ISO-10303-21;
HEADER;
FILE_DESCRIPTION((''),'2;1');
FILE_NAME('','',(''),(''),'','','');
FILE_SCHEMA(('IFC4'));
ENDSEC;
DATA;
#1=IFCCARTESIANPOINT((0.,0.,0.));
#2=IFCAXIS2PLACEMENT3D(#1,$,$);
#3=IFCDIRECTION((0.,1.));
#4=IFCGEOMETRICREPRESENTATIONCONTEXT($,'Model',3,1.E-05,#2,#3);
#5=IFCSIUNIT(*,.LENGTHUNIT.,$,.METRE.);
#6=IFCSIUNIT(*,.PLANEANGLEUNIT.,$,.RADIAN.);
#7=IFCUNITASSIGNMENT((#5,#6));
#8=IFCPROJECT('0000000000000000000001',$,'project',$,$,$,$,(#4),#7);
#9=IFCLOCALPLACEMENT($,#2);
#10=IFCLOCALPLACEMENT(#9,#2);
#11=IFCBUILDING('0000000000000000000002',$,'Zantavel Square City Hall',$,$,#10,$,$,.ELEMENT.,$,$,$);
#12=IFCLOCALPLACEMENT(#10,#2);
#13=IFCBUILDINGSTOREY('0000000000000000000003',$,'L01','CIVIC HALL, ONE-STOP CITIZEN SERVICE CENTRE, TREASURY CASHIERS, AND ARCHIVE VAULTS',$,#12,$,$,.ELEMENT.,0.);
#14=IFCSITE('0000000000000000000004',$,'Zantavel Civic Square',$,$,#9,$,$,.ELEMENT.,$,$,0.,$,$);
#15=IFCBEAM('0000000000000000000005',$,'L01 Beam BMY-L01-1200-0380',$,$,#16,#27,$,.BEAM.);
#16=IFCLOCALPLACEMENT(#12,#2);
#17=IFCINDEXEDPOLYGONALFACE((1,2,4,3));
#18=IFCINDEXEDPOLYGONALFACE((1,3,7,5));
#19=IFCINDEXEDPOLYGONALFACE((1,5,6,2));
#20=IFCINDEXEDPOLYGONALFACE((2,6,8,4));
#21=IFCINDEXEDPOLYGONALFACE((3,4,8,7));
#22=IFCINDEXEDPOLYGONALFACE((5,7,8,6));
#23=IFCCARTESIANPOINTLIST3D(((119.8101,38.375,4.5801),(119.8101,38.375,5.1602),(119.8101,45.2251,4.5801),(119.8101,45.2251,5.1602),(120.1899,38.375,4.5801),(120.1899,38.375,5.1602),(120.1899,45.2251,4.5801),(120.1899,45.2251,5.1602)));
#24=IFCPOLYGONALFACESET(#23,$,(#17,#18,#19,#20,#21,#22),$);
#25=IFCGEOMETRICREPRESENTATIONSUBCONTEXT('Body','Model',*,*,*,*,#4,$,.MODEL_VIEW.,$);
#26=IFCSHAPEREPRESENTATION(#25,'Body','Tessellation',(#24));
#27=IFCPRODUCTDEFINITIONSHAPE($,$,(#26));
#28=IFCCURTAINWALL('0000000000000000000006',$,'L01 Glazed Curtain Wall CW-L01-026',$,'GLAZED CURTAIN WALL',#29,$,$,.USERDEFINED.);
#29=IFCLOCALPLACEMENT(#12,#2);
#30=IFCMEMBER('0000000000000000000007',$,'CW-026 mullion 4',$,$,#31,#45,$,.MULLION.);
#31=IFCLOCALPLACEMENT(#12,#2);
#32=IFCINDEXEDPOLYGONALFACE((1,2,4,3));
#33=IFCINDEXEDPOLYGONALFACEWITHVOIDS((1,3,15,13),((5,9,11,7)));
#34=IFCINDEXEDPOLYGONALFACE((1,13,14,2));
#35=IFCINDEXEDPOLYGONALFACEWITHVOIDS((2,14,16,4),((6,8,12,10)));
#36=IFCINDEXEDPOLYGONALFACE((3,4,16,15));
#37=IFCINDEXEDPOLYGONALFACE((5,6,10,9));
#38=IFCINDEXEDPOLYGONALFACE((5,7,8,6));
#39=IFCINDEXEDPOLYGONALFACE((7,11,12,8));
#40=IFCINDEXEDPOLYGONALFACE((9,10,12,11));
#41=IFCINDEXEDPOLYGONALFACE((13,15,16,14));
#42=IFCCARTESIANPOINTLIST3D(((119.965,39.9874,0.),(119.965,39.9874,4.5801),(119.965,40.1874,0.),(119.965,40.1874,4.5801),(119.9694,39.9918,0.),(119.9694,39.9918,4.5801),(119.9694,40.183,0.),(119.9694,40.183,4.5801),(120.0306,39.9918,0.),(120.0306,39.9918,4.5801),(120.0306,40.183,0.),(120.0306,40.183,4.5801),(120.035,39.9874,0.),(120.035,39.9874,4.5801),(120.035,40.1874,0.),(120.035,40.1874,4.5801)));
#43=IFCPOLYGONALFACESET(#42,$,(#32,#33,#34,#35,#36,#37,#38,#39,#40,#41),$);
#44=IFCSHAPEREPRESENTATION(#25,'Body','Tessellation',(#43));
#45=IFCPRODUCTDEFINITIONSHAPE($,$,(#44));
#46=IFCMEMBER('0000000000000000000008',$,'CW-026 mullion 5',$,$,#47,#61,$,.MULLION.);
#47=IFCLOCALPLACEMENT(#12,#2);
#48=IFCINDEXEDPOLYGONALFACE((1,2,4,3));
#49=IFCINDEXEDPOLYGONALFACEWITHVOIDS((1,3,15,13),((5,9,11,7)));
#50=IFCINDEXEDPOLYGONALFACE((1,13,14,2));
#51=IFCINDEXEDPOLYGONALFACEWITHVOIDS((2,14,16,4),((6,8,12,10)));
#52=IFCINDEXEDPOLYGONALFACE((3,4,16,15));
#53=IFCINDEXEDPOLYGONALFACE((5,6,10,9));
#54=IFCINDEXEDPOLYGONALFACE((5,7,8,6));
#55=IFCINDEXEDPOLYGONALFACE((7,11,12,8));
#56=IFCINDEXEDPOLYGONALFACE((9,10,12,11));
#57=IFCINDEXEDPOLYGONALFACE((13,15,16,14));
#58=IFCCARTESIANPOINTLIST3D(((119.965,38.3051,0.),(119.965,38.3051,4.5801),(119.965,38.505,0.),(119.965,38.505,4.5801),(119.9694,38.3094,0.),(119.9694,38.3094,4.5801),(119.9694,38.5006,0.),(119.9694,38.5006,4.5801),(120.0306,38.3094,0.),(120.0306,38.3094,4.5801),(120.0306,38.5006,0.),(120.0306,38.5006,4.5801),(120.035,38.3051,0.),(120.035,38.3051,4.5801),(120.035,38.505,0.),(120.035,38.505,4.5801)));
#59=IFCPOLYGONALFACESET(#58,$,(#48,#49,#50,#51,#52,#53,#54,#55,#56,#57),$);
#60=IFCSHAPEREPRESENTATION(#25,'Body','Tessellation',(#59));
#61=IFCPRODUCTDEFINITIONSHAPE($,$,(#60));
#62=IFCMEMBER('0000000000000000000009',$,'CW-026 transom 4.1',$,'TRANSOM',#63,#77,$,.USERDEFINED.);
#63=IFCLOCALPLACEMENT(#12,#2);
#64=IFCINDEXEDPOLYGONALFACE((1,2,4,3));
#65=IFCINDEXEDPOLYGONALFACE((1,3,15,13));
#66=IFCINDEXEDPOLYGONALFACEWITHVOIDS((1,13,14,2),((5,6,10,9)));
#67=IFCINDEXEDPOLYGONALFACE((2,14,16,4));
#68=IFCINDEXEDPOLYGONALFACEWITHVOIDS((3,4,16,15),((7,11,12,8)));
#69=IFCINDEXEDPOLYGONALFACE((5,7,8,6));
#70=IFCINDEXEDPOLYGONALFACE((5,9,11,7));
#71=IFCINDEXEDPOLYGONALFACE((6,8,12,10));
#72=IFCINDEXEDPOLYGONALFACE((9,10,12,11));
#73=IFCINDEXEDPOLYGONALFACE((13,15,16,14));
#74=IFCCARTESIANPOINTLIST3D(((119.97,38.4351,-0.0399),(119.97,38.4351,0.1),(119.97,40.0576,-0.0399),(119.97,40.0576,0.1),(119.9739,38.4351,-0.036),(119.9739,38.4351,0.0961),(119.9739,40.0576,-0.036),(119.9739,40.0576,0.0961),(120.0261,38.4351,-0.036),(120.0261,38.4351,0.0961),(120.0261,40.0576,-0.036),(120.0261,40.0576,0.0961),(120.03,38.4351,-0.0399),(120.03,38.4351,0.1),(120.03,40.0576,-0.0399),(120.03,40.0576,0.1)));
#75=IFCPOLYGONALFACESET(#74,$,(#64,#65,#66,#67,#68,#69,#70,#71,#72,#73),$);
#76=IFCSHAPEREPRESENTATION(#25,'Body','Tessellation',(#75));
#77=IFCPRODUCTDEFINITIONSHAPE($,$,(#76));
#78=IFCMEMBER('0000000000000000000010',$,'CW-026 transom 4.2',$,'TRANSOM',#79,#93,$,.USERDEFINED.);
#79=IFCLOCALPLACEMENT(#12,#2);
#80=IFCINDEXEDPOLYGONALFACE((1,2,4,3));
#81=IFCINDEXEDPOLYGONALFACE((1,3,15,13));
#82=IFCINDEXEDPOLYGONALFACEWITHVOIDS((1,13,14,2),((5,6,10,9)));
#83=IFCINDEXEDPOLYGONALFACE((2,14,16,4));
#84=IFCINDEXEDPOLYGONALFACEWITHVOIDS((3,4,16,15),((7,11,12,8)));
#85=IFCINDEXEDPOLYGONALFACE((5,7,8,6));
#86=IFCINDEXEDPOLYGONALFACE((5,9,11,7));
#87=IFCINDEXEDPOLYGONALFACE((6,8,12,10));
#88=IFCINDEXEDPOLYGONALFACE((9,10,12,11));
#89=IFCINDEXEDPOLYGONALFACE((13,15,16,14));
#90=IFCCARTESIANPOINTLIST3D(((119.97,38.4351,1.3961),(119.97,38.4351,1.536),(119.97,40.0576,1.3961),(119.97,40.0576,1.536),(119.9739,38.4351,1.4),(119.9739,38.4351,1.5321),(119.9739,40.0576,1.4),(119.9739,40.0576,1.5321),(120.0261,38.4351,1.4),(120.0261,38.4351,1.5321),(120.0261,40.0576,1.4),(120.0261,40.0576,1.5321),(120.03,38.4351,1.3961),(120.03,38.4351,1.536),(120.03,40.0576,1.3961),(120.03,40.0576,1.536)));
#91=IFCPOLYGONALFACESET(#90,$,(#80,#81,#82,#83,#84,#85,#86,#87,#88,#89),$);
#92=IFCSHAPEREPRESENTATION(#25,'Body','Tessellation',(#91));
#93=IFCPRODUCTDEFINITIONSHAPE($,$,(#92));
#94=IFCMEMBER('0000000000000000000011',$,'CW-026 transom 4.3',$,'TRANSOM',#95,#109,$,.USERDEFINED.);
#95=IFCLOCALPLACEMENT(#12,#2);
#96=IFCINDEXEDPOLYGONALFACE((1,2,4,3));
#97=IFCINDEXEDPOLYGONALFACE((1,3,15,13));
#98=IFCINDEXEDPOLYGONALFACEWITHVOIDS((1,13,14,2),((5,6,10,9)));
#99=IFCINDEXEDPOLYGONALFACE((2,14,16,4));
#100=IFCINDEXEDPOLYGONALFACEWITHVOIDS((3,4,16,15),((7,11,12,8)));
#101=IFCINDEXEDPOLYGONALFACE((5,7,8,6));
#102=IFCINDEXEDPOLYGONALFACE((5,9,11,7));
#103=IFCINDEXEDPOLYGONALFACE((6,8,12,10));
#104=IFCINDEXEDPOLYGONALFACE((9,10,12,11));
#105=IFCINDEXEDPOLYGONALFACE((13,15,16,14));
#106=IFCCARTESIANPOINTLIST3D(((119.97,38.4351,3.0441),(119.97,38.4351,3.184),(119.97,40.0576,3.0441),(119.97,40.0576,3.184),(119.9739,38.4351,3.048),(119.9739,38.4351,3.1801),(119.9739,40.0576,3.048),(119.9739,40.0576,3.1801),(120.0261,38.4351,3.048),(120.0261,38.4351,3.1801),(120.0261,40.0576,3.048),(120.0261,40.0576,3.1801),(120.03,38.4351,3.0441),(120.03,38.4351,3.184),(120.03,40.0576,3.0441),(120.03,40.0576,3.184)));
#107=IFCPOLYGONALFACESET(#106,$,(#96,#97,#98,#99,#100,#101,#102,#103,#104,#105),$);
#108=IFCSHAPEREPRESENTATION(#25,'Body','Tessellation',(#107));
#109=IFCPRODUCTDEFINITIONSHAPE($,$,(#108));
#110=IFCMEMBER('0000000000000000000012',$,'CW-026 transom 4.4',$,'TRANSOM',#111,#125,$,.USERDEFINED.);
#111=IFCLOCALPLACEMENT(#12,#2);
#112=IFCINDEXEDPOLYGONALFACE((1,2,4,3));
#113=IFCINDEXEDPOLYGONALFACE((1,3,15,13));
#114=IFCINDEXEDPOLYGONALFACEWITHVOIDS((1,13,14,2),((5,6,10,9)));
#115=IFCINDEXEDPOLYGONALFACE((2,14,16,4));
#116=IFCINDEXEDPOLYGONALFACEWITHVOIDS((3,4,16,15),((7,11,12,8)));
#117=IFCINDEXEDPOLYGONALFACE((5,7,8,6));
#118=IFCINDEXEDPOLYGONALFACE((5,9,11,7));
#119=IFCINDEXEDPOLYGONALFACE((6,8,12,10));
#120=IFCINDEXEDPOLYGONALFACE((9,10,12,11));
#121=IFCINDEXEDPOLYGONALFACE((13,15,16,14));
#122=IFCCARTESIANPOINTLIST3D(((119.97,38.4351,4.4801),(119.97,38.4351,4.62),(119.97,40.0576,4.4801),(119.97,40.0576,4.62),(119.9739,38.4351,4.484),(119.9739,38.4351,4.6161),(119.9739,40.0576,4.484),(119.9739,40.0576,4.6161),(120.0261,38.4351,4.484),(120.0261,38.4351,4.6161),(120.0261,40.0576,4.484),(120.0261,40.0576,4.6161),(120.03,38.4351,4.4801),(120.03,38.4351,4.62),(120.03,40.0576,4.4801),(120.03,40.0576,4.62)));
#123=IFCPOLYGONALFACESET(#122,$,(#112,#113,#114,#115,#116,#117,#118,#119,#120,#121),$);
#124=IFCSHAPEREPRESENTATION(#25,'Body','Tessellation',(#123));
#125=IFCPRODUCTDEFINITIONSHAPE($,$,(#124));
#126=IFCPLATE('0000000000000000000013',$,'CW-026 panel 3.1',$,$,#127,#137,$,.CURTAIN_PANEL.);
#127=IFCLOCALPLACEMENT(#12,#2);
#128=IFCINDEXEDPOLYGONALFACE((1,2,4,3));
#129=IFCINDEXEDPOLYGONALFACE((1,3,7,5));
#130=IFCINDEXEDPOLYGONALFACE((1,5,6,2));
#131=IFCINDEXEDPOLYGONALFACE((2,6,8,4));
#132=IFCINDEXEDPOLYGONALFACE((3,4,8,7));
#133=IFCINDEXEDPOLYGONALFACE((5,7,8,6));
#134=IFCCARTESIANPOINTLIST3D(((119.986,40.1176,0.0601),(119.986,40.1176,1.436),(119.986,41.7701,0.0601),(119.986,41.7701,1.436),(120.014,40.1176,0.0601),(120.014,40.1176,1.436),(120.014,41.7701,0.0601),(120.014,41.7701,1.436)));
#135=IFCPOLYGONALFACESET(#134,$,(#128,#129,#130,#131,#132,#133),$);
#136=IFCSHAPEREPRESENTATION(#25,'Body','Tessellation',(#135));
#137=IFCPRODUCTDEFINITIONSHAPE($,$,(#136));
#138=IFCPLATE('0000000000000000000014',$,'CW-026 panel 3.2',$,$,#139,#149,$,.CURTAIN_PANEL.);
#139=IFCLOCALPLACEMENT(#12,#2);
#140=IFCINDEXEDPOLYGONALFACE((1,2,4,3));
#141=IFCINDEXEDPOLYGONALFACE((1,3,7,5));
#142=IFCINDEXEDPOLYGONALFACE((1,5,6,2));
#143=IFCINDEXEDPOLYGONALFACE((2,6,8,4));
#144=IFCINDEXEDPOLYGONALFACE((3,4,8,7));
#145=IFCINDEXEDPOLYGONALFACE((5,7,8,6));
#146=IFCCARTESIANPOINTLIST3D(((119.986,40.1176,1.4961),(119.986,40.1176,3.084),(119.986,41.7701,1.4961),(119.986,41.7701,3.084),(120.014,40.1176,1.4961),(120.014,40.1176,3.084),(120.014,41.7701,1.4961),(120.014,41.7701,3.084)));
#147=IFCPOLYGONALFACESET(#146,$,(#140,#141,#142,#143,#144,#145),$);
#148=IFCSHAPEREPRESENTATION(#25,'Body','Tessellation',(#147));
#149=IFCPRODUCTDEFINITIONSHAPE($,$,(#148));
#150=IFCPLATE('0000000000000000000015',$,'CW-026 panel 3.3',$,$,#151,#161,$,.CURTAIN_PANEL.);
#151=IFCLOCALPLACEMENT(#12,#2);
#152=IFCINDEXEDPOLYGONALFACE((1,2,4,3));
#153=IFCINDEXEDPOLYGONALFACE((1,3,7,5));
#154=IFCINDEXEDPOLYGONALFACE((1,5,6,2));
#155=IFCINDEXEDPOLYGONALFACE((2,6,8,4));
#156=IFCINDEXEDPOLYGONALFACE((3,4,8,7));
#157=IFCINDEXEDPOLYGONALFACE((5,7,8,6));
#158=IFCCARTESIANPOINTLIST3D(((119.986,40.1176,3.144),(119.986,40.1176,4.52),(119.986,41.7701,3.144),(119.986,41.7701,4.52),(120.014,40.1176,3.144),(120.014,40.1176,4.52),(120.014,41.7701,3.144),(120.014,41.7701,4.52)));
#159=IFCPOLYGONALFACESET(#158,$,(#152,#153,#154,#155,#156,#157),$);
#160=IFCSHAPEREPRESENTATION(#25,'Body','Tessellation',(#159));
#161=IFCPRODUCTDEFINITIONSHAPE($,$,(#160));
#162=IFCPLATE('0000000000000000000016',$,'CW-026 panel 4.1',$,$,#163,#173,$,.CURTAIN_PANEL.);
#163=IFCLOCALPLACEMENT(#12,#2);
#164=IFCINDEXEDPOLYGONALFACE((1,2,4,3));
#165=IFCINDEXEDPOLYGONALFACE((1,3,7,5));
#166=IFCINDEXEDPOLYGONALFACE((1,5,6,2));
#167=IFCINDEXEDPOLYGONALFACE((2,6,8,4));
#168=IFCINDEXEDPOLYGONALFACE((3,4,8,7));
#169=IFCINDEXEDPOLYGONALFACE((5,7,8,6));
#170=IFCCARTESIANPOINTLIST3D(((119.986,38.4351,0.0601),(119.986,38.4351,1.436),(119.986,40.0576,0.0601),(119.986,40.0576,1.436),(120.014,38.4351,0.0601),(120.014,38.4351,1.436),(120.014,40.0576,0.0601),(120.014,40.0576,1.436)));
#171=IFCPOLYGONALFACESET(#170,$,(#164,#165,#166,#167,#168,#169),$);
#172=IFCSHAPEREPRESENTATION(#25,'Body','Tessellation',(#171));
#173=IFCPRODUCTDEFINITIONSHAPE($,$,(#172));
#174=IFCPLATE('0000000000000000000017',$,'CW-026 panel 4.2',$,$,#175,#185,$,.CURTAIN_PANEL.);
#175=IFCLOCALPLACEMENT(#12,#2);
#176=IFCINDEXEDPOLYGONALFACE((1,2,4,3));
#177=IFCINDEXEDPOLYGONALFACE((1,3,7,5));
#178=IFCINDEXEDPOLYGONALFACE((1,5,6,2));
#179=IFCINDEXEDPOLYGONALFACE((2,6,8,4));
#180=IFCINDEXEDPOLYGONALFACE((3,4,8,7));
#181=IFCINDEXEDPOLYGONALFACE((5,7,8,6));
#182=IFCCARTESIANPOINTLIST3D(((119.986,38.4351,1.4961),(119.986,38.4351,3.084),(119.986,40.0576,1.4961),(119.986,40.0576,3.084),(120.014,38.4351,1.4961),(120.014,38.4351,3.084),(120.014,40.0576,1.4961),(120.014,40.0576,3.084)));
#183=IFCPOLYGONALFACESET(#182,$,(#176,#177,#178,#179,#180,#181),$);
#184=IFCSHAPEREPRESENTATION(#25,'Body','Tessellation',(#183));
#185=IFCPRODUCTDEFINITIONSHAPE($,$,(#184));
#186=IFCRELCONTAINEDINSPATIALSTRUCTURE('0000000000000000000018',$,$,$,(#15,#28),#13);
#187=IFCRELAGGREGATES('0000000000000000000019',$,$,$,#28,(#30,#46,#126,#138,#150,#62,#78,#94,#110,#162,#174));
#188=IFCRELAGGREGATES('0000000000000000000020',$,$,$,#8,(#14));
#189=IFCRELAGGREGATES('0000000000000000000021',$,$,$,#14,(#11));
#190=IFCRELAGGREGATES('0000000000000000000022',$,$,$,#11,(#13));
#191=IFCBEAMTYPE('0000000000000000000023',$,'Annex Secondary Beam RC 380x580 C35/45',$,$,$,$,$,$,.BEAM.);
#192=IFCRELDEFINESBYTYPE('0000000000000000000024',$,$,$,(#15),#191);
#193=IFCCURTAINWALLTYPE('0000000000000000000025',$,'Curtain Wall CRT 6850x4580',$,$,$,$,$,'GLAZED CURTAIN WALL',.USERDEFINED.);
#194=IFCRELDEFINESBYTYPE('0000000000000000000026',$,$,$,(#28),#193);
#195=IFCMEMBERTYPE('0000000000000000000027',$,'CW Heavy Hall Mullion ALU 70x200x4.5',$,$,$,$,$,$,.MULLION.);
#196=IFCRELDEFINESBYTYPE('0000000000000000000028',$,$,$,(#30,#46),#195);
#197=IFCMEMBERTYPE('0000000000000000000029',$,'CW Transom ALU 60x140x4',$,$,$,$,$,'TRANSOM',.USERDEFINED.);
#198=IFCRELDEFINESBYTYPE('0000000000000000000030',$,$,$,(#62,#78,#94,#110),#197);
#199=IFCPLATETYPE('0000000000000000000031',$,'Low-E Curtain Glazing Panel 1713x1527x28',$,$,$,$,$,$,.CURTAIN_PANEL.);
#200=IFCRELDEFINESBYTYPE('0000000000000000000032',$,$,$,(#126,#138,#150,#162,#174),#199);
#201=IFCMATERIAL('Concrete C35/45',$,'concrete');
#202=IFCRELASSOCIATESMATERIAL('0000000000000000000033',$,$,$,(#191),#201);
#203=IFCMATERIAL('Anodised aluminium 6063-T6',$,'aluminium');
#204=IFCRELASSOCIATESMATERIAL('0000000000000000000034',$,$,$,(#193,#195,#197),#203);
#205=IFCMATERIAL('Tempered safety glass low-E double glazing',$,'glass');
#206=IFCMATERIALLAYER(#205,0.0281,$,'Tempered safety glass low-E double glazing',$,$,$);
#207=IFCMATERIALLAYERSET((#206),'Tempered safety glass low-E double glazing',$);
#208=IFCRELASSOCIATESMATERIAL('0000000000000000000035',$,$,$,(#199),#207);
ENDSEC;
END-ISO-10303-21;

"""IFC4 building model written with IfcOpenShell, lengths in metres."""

from ifc_helpers import new_model, si_unit, direction, frame, origin, origin_2d, place, context, subcontext, project, spatial, rectangle, hollow_rectangle, extrude, material, layer, layer_set, material_profile, profile_set, type_object, element, aggregate, save


model = new_model("IFC4")

# Units and contexts
model_context = context("Model", 3, precision=1e-05, world=origin(), true_north=direction((0.0, 1.0)))
body_context = subcontext(model_context, "Body", "Model", "MODEL_VIEW")
ifc_project = project(units=[si_unit("LENGTHUNIT", "METRE"), si_unit("PLANEANGLEUNIT", "RADIAN")], contexts=[model_context])

# Site, building, storey
site_placement = place(None, origin())
site = spatial("IfcSite", under=ifc_project, at=site_placement, Name="Zantavel Civic Square", CompositionType="ELEMENT", RefElevation=0.0)
building_placement = place(site_placement, origin())
building = spatial("IfcBuilding", under=site, at=building_placement, Name="Zantavel Square City Hall", CompositionType="ELEMENT")
storey_placement = place(building_placement, origin())
storey = spatial("IfcBuildingStorey", under=building, at=storey_placement, Name="L01", Description="CIVIC HALL, ONE-STOP CITIZEN SERVICE CENTRE, TREASURY CASHIERS, AND ARCHIVE VAULTS", CompositionType="ELEMENT", Elevation=0.0)

# Beam
ifc_material_1 = material(Name="Concrete C35/45", Category="concrete")
ifc_material_profile_1 = material_profile(ifc_material_1, rectangle(XDim=0.3799, YDim=0.5801, at=origin_2d()), Name="RC 380x580")
ifc_profile_set_1 = profile_set([ifc_material_profile_1], Name="Concrete C35/45")
beam_type = type_object("IfcBeamType", Name="Annex Secondary Beam RC 380x580 C35/45", PredefinedType="BEAM", material=ifc_profile_set_1)
beam_placement = place(storey_placement, frame((120.0, 38.375, 4.8701), z_axis=(0.0, 1.0, 0.0), x_axis=(-1.0, 0.0, 0.0)))
element("IfcBeam", 1, at=beam_placement, inside=storey, type_object=beam_type, Name="L01 Beam BMY-L01-1200-0380", PredefinedType="BEAM", context=body_context, shape_type="SweptSolid", body=[
    extrude(rectangle(XDim=0.3799, YDim=0.5801, at=origin_2d()), origin(), (0.0, 0.0, 1.0), 6.8501),
])

# Curtain wall, members, plates
ifc_material_2 = material(Name="Anodised aluminium 6063-T6", Category="aluminium")
curtain_wall_type = type_object("IfcCurtainWallType", Name="Curtain Wall CRT 6850x4580", ElementType="GLAZED CURTAIN WALL", PredefinedType="USERDEFINED", material=ifc_material_2)
curtain_wall_placement = place(storey_placement, origin())
curtain_wall = element("IfcCurtainWall", 2, at=curtain_wall_placement, inside=storey, type_object=curtain_wall_type, Name="L01 Glazed Curtain Wall CW-L01-026", ObjectType="GLAZED CURTAIN WALL", PredefinedType="USERDEFINED")
ifc_material_profile_2 = material_profile(ifc_material_2, hollow_rectangle(XDim=0.0701, YDim=0.2, WallThickness=0.0044, at=origin_2d()), Name="ALU 70x200x4.5")
ifc_profile_set_2 = profile_set([ifc_material_profile_2], Name="Anodised aluminium 6063-T6")
member_type_1 = type_object("IfcMemberType", Name="CW Heavy Hall Mullion ALU 70x200x4.5", PredefinedType="MULLION", material=ifc_profile_set_2)
member_1_placement = place(storey_placement, frame((120.0, 40.0874, 0.0), z_axis=(0.0, 0.0, 1.0), x_axis=(1.0, 0.0, 0.0)))
member_1 = element("IfcMember", 3, at=member_1_placement, type_object=member_type_1, Name="CW-026 mullion 4", PredefinedType="MULLION", context=body_context, shape_type="SweptSolid", body=[
    extrude(hollow_rectangle(XDim=0.0701, YDim=0.2, WallThickness=0.0044, at=origin_2d()), origin(), (0.0, 0.0, 1.0), 4.5801),
])
member_2_placement = place(storey_placement, frame((120.0, 38.405, 0.0), z_axis=(0.0, 0.0, 1.0), x_axis=(1.0, 0.0, 0.0)))
member_2 = element("IfcMember", 4, at=member_2_placement, type_object=member_type_1, Name="CW-026 mullion 5", PredefinedType="MULLION", context=body_context, shape_type="SweptSolid", body=[
    extrude(hollow_rectangle(XDim=0.0701, YDim=0.2, WallThickness=0.0044, at=origin_2d()), origin(), (0.0, 0.0, 1.0), 4.5801),
])
ifc_material_profile_3 = material_profile(ifc_material_2, hollow_rectangle(XDim=0.0601, YDim=0.1399, WallThickness=0.0039, at=origin_2d()), Name="ALU 60x140x4")
ifc_profile_set_3 = profile_set([ifc_material_profile_3], Name="Anodised aluminium 6063-T6")
member_type_2 = type_object("IfcMemberType", Name="CW Transom ALU 60x140x4", ElementType="TRANSOM", PredefinedType="USERDEFINED", material=ifc_profile_set_3)
member_3_placement = place(storey_placement, frame((120.0, 40.0576, 0.03), z_axis=(0.0, -1.0, 0.0), x_axis=(1.0, 0.0, 0.0)))
member_3 = element("IfcMember", 5, at=member_3_placement, type_object=member_type_2, Name="CW-026 transom 4.1", ObjectType="TRANSOM", PredefinedType="USERDEFINED", context=body_context, shape_type="SweptSolid", body=[
    extrude(hollow_rectangle(XDim=0.0601, YDim=0.1399, WallThickness=0.0039, at=origin_2d()), origin(), (0.0, 0.0, 1.0), 1.6226),
])
member_4_placement = place(storey_placement, frame((120.0, 40.0576, 1.4661), z_axis=(0.0, -1.0, 0.0), x_axis=(1.0, 0.0, 0.0)))
member_4 = element("IfcMember", 6, at=member_4_placement, type_object=member_type_2, Name="CW-026 transom 4.2", ObjectType="TRANSOM", PredefinedType="USERDEFINED", context=body_context, shape_type="SweptSolid", body=[
    extrude(hollow_rectangle(XDim=0.0601, YDim=0.1399, WallThickness=0.0039, at=origin_2d()), origin(), (0.0, 0.0, 1.0), 1.6226),
])
member_5_placement = place(storey_placement, frame((120.0, 40.0576, 3.114), z_axis=(0.0, -1.0, 0.0), x_axis=(1.0, 0.0, 0.0)))
member_5 = element("IfcMember", 7, at=member_5_placement, type_object=member_type_2, Name="CW-026 transom 4.3", ObjectType="TRANSOM", PredefinedType="USERDEFINED", context=body_context, shape_type="SweptSolid", body=[
    extrude(hollow_rectangle(XDim=0.0601, YDim=0.1399, WallThickness=0.0039, at=origin_2d()), origin(), (0.0, 0.0, 1.0), 1.6226),
])
member_6_placement = place(storey_placement, frame((120.0, 40.0576, 4.55), z_axis=(0.0, -1.0, 0.0), x_axis=(1.0, 0.0, 0.0)))
member_6 = element("IfcMember", 8, at=member_6_placement, type_object=member_type_2, Name="CW-026 transom 4.4", ObjectType="TRANSOM", PredefinedType="USERDEFINED", context=body_context, shape_type="SweptSolid", body=[
    extrude(hollow_rectangle(XDim=0.0601, YDim=0.1399, WallThickness=0.0039, at=origin_2d()), origin(), (0.0, 0.0, 1.0), 1.6226),
])
ifc_material_3 = material(Name="Tempered safety glass low-E double glazing", Category="glass")
ifc_layer_1 = layer(ifc_material_3, 0.0281, Name="Tempered safety glass low-E double glazing")
ifc_layer_set_1 = layer_set([ifc_layer_1], Name="Tempered safety glass low-E double glazing")
plate_type = type_object("IfcPlateType", Name="Low-E Curtain Glazing Panel 1713x1527x28", PredefinedType="CURTAIN_PANEL", material=ifc_layer_set_1)
plate_1_placement = place(storey_placement, frame((120.0, 40.9438, 0.0601), z_axis=(0.0, 0.0, 1.0), x_axis=(0.0, -1.0, 0.0)))
plate_1 = element("IfcPlate", 9, at=plate_1_placement, type_object=plate_type, Name="CW-026 panel 3.1", PredefinedType="CURTAIN_PANEL", context=body_context, shape_type="SweptSolid", body=[
    extrude(rectangle(XDim=1.6526, YDim=0.0281, at=origin_2d()), origin(), (0.0, 0.0, 1.0), 1.376),
])
plate_2_placement = place(storey_placement, frame((120.0, 40.9438, 1.4961), z_axis=(0.0, 0.0, 1.0), x_axis=(0.0, -1.0, 0.0)))
plate_2 = element("IfcPlate", 10, at=plate_2_placement, type_object=plate_type, Name="CW-026 panel 3.2", PredefinedType="CURTAIN_PANEL", context=body_context, shape_type="SweptSolid", body=[
    extrude(rectangle(XDim=1.6526, YDim=0.0281, at=origin_2d()), origin(), (0.0, 0.0, 1.0), 1.5879),
])
plate_3_placement = place(storey_placement, frame((120.0, 40.9438, 3.144), z_axis=(0.0, 0.0, 1.0), x_axis=(0.0, -1.0, 0.0)))
plate_3 = element("IfcPlate", 11, at=plate_3_placement, type_object=plate_type, Name="CW-026 panel 3.3", PredefinedType="CURTAIN_PANEL", context=body_context, shape_type="SweptSolid", body=[
    extrude(rectangle(XDim=1.6526, YDim=0.0281, at=origin_2d()), origin(), (0.0, 0.0, 1.0), 1.376),
])
plate_4_placement = place(storey_placement, frame((120.0, 39.2463, 0.0601), z_axis=(0.0, 0.0, 1.0), x_axis=(0.0, -1.0, 0.0)))
plate_4 = element("IfcPlate", 12, at=plate_4_placement, type_object=plate_type, Name="CW-026 panel 4.1", PredefinedType="CURTAIN_PANEL", context=body_context, shape_type="SweptSolid", body=[
    extrude(rectangle(XDim=1.6226, YDim=0.0281, at=origin_2d()), origin(), (0.0, 0.0, 1.0), 1.376),
])
plate_5_placement = place(storey_placement, frame((120.0, 39.2463, 1.4961), z_axis=(0.0, 0.0, 1.0), x_axis=(0.0, -1.0, 0.0)))
plate_5 = element("IfcPlate", 13, at=plate_5_placement, type_object=plate_type, Name="CW-026 panel 4.2", PredefinedType="CURTAIN_PANEL", context=body_context, shape_type="SweptSolid", body=[
    extrude(rectangle(XDim=1.6226, YDim=0.0281, at=origin_2d()), origin(), (0.0, 0.0, 1.0), 1.5879),
])
aggregate(curtain_wall, [member_1, member_2, plate_1, plate_2, plate_3, member_3, member_4, member_5, member_6, plate_4, plate_5])

save(model, "model.ifc")
